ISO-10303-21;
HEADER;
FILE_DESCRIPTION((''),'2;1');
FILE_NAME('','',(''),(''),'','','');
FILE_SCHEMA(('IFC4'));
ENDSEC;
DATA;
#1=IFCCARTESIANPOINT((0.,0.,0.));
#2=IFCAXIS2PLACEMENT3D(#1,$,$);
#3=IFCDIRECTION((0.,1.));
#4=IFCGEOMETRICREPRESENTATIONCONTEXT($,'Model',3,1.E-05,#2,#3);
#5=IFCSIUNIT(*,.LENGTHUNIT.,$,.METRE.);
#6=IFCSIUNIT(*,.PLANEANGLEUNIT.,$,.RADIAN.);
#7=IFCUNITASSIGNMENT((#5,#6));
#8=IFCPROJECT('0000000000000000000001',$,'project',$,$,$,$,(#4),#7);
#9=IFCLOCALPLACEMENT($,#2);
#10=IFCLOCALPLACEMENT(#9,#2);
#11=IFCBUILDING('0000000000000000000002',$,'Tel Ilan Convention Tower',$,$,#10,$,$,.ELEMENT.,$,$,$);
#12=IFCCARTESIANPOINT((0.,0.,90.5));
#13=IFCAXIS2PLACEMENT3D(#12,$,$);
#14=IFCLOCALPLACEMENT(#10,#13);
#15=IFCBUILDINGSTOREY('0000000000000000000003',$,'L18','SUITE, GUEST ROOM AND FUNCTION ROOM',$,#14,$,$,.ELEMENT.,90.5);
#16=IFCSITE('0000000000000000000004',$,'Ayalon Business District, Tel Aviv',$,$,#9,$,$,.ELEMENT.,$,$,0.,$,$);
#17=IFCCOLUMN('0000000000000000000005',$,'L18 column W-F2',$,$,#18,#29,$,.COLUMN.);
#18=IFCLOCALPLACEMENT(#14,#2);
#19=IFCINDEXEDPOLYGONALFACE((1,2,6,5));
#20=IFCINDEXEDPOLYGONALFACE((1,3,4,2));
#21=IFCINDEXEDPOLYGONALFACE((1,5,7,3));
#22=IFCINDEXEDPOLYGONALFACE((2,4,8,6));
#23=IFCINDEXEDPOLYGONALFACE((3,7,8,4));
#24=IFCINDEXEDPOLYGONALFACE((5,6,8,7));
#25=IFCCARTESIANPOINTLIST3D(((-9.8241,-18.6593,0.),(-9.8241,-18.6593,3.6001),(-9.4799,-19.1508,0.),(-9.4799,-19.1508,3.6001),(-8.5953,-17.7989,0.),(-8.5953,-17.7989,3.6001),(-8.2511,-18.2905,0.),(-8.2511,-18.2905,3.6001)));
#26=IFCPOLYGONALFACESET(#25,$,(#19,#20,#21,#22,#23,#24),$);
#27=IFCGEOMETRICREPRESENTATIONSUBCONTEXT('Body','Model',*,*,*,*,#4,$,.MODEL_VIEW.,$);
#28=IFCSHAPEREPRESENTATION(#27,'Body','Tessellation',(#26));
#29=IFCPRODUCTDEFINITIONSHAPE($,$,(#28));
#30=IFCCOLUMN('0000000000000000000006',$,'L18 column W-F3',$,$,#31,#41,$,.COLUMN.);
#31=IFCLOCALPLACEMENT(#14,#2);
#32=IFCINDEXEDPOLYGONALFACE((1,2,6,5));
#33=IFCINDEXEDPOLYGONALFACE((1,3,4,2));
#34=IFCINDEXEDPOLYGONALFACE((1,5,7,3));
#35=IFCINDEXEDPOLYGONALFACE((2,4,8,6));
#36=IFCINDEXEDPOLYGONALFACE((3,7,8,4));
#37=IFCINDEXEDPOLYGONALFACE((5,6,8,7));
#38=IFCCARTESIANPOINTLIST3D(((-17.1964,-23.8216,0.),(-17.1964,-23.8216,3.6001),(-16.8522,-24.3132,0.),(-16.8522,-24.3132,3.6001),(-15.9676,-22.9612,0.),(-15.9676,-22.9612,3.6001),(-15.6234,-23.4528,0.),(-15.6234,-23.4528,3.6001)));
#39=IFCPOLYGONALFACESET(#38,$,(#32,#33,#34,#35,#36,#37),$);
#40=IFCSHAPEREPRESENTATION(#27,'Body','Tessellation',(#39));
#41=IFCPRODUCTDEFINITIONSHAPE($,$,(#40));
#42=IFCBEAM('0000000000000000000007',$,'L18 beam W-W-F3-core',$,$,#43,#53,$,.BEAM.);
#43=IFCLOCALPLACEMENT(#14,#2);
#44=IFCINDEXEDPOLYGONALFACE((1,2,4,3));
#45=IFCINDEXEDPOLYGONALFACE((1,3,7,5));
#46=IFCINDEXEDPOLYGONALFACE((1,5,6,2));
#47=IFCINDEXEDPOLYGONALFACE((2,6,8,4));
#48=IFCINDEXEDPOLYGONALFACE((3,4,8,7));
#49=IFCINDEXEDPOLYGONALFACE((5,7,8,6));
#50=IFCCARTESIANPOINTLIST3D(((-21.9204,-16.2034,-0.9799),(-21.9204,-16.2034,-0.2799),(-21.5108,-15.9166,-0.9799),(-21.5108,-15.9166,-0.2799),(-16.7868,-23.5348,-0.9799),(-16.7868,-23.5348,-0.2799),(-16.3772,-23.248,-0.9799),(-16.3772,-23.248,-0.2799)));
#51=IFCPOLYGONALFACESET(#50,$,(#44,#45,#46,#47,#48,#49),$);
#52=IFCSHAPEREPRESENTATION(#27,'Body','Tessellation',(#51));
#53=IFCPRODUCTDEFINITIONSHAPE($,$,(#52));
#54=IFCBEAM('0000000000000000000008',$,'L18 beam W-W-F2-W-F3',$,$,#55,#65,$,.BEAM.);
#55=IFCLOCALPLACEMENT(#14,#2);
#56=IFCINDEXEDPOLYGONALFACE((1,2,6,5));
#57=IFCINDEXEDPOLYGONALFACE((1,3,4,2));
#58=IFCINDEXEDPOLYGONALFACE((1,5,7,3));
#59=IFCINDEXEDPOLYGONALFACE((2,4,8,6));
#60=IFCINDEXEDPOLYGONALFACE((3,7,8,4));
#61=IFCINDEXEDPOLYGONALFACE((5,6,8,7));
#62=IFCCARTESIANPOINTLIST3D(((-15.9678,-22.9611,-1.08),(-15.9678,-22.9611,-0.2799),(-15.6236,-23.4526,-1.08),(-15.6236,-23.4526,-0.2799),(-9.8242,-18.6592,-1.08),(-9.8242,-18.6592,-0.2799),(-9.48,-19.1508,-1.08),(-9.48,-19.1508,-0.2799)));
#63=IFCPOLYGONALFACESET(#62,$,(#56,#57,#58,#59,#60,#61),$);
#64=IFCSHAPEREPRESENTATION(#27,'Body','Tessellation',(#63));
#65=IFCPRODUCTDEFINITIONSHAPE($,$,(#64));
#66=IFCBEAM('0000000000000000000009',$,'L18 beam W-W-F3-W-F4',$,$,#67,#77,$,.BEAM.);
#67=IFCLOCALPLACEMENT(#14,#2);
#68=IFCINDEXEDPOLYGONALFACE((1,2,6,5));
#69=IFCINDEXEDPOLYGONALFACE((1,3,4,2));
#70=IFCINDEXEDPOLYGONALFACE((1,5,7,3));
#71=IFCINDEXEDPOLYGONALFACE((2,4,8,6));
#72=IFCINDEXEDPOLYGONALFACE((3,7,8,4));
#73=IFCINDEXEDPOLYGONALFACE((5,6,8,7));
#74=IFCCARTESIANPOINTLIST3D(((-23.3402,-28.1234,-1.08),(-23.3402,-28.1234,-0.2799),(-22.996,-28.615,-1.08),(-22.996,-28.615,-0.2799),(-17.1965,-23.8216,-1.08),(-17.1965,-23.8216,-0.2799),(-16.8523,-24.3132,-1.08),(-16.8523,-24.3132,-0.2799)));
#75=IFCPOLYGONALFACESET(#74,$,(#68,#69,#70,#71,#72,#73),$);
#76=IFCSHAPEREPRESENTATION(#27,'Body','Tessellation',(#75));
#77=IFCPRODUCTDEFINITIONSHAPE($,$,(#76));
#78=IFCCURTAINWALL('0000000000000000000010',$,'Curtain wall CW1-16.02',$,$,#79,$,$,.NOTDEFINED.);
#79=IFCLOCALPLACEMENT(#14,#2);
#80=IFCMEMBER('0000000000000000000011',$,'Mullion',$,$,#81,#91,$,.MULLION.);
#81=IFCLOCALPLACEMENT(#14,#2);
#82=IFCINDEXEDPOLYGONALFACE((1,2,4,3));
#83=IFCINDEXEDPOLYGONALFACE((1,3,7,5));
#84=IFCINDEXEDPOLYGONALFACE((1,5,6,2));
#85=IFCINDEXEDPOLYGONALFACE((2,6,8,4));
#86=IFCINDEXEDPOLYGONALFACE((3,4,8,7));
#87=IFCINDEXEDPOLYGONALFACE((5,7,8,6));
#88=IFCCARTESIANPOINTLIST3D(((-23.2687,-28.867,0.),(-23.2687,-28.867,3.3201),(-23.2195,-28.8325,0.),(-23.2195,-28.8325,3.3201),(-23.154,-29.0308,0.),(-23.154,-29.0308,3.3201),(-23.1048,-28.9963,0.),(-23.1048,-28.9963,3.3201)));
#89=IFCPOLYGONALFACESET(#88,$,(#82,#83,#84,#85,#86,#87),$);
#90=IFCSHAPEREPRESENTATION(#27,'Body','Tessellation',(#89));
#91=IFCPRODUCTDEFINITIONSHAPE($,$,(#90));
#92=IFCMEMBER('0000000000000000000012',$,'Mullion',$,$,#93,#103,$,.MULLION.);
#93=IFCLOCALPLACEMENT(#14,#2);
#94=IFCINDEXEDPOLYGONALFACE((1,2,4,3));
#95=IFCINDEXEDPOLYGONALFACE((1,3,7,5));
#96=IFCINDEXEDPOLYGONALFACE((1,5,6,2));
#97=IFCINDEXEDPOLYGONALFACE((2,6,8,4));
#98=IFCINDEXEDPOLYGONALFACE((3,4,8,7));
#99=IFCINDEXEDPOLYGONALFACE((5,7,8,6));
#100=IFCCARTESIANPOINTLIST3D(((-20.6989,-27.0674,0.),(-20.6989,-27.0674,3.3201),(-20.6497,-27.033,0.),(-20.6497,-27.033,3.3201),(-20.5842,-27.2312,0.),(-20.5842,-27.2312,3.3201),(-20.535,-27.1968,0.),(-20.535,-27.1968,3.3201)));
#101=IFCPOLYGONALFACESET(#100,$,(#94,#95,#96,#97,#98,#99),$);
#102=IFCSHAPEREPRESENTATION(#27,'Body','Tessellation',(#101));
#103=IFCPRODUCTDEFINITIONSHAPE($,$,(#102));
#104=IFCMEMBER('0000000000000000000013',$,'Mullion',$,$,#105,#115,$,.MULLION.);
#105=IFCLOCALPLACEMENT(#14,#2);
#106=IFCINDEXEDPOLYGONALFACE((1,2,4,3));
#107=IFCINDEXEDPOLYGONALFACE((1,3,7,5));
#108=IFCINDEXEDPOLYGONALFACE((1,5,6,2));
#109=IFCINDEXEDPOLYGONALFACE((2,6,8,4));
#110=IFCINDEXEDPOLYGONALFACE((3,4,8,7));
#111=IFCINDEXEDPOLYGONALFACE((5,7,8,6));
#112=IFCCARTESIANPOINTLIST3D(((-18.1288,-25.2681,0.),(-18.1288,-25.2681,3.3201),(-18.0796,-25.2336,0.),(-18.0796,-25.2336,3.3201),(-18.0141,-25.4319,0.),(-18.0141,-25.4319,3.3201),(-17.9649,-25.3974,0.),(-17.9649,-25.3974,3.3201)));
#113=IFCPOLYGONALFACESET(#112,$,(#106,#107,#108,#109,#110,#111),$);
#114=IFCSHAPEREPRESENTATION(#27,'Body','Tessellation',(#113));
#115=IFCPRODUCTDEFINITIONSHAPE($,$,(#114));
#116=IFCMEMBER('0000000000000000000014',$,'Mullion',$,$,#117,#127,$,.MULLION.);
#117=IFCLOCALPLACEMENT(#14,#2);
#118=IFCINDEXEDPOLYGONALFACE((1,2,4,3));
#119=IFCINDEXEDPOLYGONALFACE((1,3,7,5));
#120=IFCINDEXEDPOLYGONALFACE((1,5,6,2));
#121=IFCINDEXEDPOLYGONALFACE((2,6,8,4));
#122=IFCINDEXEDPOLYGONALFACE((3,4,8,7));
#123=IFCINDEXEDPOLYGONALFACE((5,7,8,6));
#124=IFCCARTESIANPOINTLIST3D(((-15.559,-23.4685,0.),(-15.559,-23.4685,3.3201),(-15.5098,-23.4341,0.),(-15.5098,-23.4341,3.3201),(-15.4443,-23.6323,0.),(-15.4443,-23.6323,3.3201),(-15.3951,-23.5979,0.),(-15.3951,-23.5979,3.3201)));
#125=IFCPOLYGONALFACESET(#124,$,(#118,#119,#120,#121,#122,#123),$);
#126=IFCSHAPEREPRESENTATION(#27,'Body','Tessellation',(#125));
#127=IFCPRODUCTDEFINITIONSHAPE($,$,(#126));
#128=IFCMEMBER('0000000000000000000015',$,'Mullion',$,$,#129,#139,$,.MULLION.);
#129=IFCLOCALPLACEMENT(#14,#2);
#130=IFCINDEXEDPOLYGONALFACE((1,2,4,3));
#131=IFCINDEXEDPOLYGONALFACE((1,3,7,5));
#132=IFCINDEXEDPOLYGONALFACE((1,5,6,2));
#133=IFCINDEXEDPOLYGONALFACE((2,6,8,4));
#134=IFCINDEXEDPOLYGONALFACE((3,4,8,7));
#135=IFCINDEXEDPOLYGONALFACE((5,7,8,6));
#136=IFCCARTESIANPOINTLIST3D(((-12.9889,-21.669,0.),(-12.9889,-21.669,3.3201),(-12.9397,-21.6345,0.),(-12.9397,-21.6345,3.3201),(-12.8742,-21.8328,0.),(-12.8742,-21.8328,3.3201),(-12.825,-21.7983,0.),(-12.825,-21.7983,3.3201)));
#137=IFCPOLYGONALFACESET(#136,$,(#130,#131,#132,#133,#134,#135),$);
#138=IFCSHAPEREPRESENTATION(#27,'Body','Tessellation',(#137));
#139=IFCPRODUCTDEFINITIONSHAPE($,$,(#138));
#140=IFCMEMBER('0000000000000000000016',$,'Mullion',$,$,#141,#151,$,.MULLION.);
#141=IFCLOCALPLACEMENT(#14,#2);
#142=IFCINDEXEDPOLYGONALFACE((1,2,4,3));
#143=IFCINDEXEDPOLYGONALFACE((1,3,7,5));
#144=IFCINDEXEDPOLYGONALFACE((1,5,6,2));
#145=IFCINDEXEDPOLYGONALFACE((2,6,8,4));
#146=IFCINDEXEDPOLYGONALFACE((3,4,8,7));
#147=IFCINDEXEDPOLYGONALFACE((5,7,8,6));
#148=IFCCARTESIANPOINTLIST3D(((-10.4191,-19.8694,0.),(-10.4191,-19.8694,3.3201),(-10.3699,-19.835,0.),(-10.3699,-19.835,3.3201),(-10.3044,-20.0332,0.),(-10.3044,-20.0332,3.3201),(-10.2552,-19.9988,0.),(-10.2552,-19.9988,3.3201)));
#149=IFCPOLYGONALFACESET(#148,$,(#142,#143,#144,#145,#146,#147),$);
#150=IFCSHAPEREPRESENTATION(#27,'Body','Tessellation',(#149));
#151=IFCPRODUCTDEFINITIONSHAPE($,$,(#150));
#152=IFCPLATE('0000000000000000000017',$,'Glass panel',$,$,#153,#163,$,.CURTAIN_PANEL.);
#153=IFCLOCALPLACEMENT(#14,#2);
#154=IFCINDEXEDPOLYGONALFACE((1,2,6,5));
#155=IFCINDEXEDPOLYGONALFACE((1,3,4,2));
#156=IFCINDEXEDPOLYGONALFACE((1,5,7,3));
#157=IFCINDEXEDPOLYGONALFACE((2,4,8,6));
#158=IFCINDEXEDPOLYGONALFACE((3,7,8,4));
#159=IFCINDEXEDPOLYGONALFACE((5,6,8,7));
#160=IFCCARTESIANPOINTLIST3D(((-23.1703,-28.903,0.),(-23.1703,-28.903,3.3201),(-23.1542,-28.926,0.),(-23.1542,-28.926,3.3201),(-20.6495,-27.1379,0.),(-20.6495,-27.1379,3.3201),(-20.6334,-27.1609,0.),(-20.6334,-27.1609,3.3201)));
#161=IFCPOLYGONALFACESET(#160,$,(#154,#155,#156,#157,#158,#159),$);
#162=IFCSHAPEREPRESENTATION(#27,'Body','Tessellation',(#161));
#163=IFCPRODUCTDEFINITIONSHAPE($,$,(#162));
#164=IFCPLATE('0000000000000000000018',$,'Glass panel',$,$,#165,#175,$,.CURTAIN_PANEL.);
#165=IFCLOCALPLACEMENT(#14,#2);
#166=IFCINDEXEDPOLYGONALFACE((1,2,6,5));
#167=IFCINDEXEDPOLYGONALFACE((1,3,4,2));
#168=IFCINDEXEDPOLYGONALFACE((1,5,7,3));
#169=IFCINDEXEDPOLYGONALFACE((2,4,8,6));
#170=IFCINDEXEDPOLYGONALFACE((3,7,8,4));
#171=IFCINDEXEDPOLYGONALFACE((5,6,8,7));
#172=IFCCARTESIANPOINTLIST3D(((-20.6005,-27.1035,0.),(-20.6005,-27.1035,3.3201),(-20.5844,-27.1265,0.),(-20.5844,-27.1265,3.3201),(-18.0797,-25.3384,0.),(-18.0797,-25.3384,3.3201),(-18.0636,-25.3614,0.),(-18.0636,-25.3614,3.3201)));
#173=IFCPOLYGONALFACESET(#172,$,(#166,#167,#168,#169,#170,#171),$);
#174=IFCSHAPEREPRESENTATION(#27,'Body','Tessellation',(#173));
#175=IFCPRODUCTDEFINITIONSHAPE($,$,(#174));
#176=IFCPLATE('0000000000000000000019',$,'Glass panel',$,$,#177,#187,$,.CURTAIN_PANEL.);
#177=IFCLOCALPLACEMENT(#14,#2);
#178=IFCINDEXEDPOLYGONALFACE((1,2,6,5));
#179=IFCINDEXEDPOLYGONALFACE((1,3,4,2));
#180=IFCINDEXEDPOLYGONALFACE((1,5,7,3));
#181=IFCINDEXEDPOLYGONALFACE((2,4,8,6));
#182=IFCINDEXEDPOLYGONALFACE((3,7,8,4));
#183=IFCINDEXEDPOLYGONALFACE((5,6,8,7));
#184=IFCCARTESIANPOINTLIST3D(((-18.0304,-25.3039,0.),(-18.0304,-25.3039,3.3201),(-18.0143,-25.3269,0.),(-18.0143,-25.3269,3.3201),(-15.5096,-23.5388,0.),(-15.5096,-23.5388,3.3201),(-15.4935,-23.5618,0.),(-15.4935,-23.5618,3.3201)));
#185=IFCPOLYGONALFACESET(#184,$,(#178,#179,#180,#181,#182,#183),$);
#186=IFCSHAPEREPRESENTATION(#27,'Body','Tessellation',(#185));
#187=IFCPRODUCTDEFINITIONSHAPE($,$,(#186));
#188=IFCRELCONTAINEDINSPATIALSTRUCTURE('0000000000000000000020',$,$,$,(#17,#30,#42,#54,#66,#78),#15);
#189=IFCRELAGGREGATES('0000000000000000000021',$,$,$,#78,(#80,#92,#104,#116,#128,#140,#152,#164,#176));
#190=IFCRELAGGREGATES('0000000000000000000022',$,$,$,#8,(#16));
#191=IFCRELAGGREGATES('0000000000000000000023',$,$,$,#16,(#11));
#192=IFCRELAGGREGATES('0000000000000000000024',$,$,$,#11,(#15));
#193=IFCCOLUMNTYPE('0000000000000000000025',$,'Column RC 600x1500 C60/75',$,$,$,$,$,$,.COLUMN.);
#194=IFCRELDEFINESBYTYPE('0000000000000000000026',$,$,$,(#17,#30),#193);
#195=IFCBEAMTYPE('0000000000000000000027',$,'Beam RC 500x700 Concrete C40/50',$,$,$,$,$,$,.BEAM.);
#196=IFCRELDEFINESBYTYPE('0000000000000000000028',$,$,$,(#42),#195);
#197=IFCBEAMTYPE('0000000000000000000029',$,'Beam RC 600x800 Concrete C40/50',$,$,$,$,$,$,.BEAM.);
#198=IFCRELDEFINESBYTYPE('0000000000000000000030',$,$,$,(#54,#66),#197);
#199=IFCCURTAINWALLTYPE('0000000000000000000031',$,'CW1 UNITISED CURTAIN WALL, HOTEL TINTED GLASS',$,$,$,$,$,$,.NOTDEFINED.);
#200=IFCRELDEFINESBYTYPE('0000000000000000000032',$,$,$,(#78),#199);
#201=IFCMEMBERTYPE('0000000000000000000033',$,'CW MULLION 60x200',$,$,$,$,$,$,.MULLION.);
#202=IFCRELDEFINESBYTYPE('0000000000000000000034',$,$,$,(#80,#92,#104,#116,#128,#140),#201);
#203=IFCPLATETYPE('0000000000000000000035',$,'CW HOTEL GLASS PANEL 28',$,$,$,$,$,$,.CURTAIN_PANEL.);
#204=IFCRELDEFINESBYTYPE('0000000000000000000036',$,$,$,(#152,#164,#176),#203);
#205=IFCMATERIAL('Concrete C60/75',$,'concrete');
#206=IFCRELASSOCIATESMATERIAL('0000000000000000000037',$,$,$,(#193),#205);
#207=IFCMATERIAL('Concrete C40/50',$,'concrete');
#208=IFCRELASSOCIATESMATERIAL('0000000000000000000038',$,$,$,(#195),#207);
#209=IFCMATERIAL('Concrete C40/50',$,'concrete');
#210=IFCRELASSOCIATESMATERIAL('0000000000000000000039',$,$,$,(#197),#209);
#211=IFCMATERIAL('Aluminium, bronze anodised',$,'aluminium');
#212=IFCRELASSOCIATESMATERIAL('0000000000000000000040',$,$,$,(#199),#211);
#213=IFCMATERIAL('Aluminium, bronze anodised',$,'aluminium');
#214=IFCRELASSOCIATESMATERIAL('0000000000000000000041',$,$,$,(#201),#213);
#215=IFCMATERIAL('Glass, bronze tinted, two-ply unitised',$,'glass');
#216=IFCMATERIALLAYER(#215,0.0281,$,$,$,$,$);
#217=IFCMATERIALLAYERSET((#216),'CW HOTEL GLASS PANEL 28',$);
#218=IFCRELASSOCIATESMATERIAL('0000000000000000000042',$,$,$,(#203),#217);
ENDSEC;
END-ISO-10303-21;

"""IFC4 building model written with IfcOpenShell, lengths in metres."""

from ifc_helpers import new_model, si_unit, direction, frame, origin, origin_2d, place, context, subcontext, project, spatial, rectangle, extrude, material, layer, layer_set, material_profile, profile_set, type_object, element, aggregate, save


model = new_model("IFC4")

# Units and contexts
model_context = context("Model", 3, precision=1e-05, world=origin(), true_north=direction((0.0, 1.0)))
body_context = subcontext(model_context, "Body", "Model", "MODEL_VIEW")
ifc_project = project(units=[si_unit("LENGTHUNIT", "METRE"), si_unit("PLANEANGLEUNIT", "RADIAN")], contexts=[model_context])

# Site, building, storey
site_placement = place(None, origin())
site = spatial("IfcSite", under=ifc_project, at=site_placement, Name="Ayalon Business District, Tel Aviv", CompositionType="ELEMENT", RefElevation=0.0)
building_placement = place(site_placement, origin())
building = spatial("IfcBuilding", under=site, at=building_placement, Name="Tel Ilan Convention Tower", CompositionType="ELEMENT")
storey_placement = place(building_placement, frame((0.0, 0.0, 90.5)))
storey = spatial("IfcBuildingStorey", under=building, at=storey_placement, Name="L18", Description="SUITE, GUEST ROOM AND FUNCTION ROOM", CompositionType="ELEMENT", Elevation=90.5)

# Columns
ifc_material_1 = material(Name="Concrete C60/75", Category="concrete")
ifc_material_profile_1 = material_profile(ifc_material_1, rectangle(XDim=1.5, YDim=0.6001, at=origin_2d()), Name="RC 600x1500")
ifc_profile_set_1 = profile_set([ifc_material_profile_1], Name="Concrete C60/75")
column_type = type_object("IfcColumnType", Name="Column RC 600x1500 C60/75", PredefinedType="COLUMN", material=ifc_profile_set_1)
for number, where, z_axis, x_axis, name in (
    (1, (-9.0376, -18.4749, 0.0), (0.0, 0.0, 1.0), (-0.819152, -0.573576, 0.0), "L18 column W-F2"),
    (2, (-16.4099, -23.6372, 0.0), (0.0, 0.0, 1.0), (-0.819152, -0.573576, 0.0), "L18 column W-F3"),
):
    element("IfcColumn", number, at=place(storey_placement, frame(where, z_axis=z_axis, x_axis=x_axis)), inside=storey, type_object=column_type, Name=name, PredefinedType="COLUMN", context=body_context, shape_type="SweptSolid", body=[
        extrude(rectangle(XDim=1.5, YDim=0.6001, at=origin_2d()), origin(), (0.0, 0.0, 1.0), 3.6001),
    ])

# Beams
ifc_material_2 = material(Name="Concrete C40/50", Category="concrete")
ifc_material_profile_2 = material_profile(ifc_material_2, rectangle(XDim=0.5, YDim=0.7, at=origin_2d()), Name="RC 500x700")
ifc_profile_set_2 = profile_set([ifc_material_profile_2], Name="Concrete C40/50")
beam_type_1 = type_object("IfcBeamType", Name="Beam RC 500x700 Concrete C40/50", PredefinedType="BEAM", material=ifc_profile_set_2)
beam_placement = place(storey_placement, frame((-16.582, -23.3914, -0.6299), z_axis=(-0.573585, 0.819146, 0.0), x_axis=(-0.819146, -0.573585, 0.0)))
element("IfcBeam", 3, at=beam_placement, inside=storey, type_object=beam_type_1, Name="L18 beam W-W-F3-core", PredefinedType="BEAM", context=body_context, shape_type="SweptSolid", body=[
    extrude(rectangle(XDim=0.5, YDim=0.7, at=origin_2d()), origin(), (0.0, 0.0, 1.0), 8.95),
])
ifc_material_3 = material(Name="Concrete C40/50", Category="concrete")
ifc_material_profile_3 = material_profile(ifc_material_3, rectangle(XDim=0.6001, YDim=0.8, at=origin_2d()), Name="RC 600x800")
ifc_profile_set_3 = profile_set([ifc_material_profile_3], Name="Concrete C40/50")
beam_type_2 = type_object("IfcBeamType", Name="Beam RC 600x800 Concrete C40/50", PredefinedType="BEAM", material=ifc_profile_set_3)
for number, where, z_axis, x_axis, name in (
    (4, (-9.6521, -18.905, -0.6799), (-0.819152, -0.573576, 0.0), (0.573576, -0.819152, 0.0), "L18 beam W-W-F2-W-F3"),
    (5, (-17.0244, -24.0674, -0.6799), (-0.819152, -0.573576, 0.0), (0.573576, -0.819152, 0.0), "L18 beam W-W-F3-W-F4"),
):
    element("IfcBeam", number, at=place(storey_placement, frame(where, z_axis=z_axis, x_axis=x_axis)), inside=storey, type_object=beam_type_2, Name=name, PredefinedType="BEAM", context=body_context, shape_type="SweptSolid", body=[
        extrude(rectangle(XDim=0.6001, YDim=0.8, at=origin_2d()), origin(), (0.0, 0.0, 1.0), 7.5),
    ])

# Curtain wall, members, plates
ifc_material_4 = material(Name="Aluminium, bronze anodised", Category="aluminium")
curtain_wall_type = type_object("IfcCurtainWallType", Name="CW1 UNITISED CURTAIN WALL, HOTEL TINTED GLASS", PredefinedType="NOTDEFINED", material=ifc_material_4)
curtain_wall_placement = place(storey_placement, origin())
curtain_wall = element("IfcCurtainWall", 6, at=curtain_wall_placement, inside=storey, type_object=curtain_wall_type, Name="Curtain wall CW1-16.02", PredefinedType="NOTDEFINED")
ifc_material_5 = material(Name="Aluminium, bronze anodised", Category="aluminium")
ifc_material_profile_4 = material_profile(ifc_material_5, rectangle(XDim=0.0601, YDim=0.2, at=origin_2d()), Name="CW MULLION 60x200")
ifc_profile_set_4 = profile_set([ifc_material_profile_4], Name="Aluminium, bronze anodised")
member_type = type_object("IfcMemberType", Name="CW MULLION 60x200", PredefinedType="MULLION", material=ifc_profile_set_4)
member_1_placement = place(storey_placement, frame((-23.1868, -28.9316, 0.0), z_axis=(0.0, 0.0, 1.0), x_axis=(0.819152, 0.573576, 0.0)))
member_1 = element("IfcMember", 7, at=member_1_placement, type_object=member_type, Name="Mullion", PredefinedType="MULLION", context=body_context, shape_type="SweptSolid", body=[
    extrude(rectangle(XDim=0.0601, YDim=0.2, at=origin_2d()), origin(), (0.0, 0.0, 1.0), 3.3201),
])
member_2_placement = place(storey_placement, frame((-20.6169, -27.1321, 0.0), z_axis=(0.0, 0.0, 1.0), x_axis=(0.819152, 0.573576, 0.0)))
member_2 = element("IfcMember", 8, at=member_2_placement, type_object=member_type, Name="Mullion", PredefinedType="MULLION", context=body_context, shape_type="SweptSolid", body=[
    extrude(rectangle(XDim=0.0601, YDim=0.2, at=origin_2d()), origin(), (0.0, 0.0, 1.0), 3.3201),
])
member_3_placement = place(storey_placement, frame((-18.0469, -25.3328, 0.0), z_axis=(0.0, 0.0, 1.0), x_axis=(0.819152, 0.573576, 0.0)))
member_3 = element("IfcMember", 9, at=member_3_placement, type_object=member_type, Name="Mullion", PredefinedType="MULLION", context=body_context, shape_type="SweptSolid", body=[
    extrude(rectangle(XDim=0.0601, YDim=0.2, at=origin_2d()), origin(), (0.0, 0.0, 1.0), 3.3201),
])
member_4_placement = place(storey_placement, frame((-15.4771, -23.5332, 0.0), z_axis=(0.0, 0.0, 1.0), x_axis=(0.819152, 0.573576, 0.0)))
member_4 = element("IfcMember", 10, at=member_4_placement, type_object=member_type, Name="Mullion", PredefinedType="MULLION", context=body_context, shape_type="SweptSolid", body=[
    extrude(rectangle(XDim=0.0601, YDim=0.2, at=origin_2d()), origin(), (0.0, 0.0, 1.0), 3.3201),
])
member_5_placement = place(storey_placement, frame((-12.907, -21.7336, 0.0), z_axis=(0.0, 0.0, 1.0), x_axis=(0.819152, 0.573576, 0.0)))
member_5 = element("IfcMember", 11, at=member_5_placement, type_object=member_type, Name="Mullion", PredefinedType="MULLION", context=body_context, shape_type="SweptSolid", body=[
    extrude(rectangle(XDim=0.0601, YDim=0.2, at=origin_2d()), origin(), (0.0, 0.0, 1.0), 3.3201),
])
member_6_placement = place(storey_placement, frame((-10.3372, -19.9341, 0.0), z_axis=(0.0, 0.0, 1.0), x_axis=(0.819152, 0.573576, 0.0)))
member_6 = element("IfcMember", 12, at=member_6_placement, type_object=member_type, Name="Mullion", PredefinedType="MULLION", context=body_context, shape_type="SweptSolid", body=[
    extrude(rectangle(XDim=0.0601, YDim=0.2, at=origin_2d()), origin(), (0.0, 0.0, 1.0), 3.3201),
])
ifc_material_6 = material(Name="Glass, bronze tinted, two-ply unitised", Category="glass")
ifc_layer_1 = layer(ifc_material_6, 0.0281)
ifc_layer_set_1 = layer_set([ifc_layer_1], Name="CW HOTEL GLASS PANEL 28")
plate_type = type_object("IfcPlateType", Name="CW HOTEL GLASS PANEL 28", PredefinedType="CURTAIN_PANEL", material=ifc_layer_set_1)
plate_1_placement = place(storey_placement, frame((-21.9019, -28.032, 0.0), z_axis=(0.0, 0.0, 1.0), x_axis=(0.819152, 0.573576, 0.0)))
plate_1 = element("IfcPlate", 13, at=plate_1_placement, type_object=plate_type, Name="Glass panel", PredefinedType="CURTAIN_PANEL", context=body_context, shape_type="SweptSolid", body=[
    extrude(rectangle(XDim=3.0774, YDim=0.0281, at=origin_2d()), origin(), (0.0, 0.0, 1.0), 3.3201),
])
plate_2_placement = place(storey_placement, frame((-19.332, -26.2324, 0.0), z_axis=(0.0, 0.0, 1.0), x_axis=(0.819152, 0.573576, 0.0)))
plate_2 = element("IfcPlate", 14, at=plate_2_placement, type_object=plate_type, Name="Glass panel", PredefinedType="CURTAIN_PANEL", context=body_context, shape_type="SweptSolid", body=[
    extrude(rectangle(XDim=3.0774, YDim=0.0281, at=origin_2d()), origin(), (0.0, 0.0, 1.0), 3.3201),
])
plate_3_placement = place(storey_placement, frame((-16.762, -24.4329, 0.0), z_axis=(0.0, 0.0, 1.0), x_axis=(0.819152, 0.573576, 0.0)))
plate_3 = element("IfcPlate", 15, at=plate_3_placement, type_object=plate_type, Name="Glass panel", PredefinedType="CURTAIN_PANEL", context=body_context, shape_type="SweptSolid", body=[
    extrude(rectangle(XDim=3.0774, YDim=0.0281, at=origin_2d()), origin(), (0.0, 0.0, 1.0), 3.3201),
])
aggregate(curtain_wall, [member_1, member_2, member_3, member_4, member_5, member_6, plate_1, plate_2, plate_3])

save(model, "model.ifc")
